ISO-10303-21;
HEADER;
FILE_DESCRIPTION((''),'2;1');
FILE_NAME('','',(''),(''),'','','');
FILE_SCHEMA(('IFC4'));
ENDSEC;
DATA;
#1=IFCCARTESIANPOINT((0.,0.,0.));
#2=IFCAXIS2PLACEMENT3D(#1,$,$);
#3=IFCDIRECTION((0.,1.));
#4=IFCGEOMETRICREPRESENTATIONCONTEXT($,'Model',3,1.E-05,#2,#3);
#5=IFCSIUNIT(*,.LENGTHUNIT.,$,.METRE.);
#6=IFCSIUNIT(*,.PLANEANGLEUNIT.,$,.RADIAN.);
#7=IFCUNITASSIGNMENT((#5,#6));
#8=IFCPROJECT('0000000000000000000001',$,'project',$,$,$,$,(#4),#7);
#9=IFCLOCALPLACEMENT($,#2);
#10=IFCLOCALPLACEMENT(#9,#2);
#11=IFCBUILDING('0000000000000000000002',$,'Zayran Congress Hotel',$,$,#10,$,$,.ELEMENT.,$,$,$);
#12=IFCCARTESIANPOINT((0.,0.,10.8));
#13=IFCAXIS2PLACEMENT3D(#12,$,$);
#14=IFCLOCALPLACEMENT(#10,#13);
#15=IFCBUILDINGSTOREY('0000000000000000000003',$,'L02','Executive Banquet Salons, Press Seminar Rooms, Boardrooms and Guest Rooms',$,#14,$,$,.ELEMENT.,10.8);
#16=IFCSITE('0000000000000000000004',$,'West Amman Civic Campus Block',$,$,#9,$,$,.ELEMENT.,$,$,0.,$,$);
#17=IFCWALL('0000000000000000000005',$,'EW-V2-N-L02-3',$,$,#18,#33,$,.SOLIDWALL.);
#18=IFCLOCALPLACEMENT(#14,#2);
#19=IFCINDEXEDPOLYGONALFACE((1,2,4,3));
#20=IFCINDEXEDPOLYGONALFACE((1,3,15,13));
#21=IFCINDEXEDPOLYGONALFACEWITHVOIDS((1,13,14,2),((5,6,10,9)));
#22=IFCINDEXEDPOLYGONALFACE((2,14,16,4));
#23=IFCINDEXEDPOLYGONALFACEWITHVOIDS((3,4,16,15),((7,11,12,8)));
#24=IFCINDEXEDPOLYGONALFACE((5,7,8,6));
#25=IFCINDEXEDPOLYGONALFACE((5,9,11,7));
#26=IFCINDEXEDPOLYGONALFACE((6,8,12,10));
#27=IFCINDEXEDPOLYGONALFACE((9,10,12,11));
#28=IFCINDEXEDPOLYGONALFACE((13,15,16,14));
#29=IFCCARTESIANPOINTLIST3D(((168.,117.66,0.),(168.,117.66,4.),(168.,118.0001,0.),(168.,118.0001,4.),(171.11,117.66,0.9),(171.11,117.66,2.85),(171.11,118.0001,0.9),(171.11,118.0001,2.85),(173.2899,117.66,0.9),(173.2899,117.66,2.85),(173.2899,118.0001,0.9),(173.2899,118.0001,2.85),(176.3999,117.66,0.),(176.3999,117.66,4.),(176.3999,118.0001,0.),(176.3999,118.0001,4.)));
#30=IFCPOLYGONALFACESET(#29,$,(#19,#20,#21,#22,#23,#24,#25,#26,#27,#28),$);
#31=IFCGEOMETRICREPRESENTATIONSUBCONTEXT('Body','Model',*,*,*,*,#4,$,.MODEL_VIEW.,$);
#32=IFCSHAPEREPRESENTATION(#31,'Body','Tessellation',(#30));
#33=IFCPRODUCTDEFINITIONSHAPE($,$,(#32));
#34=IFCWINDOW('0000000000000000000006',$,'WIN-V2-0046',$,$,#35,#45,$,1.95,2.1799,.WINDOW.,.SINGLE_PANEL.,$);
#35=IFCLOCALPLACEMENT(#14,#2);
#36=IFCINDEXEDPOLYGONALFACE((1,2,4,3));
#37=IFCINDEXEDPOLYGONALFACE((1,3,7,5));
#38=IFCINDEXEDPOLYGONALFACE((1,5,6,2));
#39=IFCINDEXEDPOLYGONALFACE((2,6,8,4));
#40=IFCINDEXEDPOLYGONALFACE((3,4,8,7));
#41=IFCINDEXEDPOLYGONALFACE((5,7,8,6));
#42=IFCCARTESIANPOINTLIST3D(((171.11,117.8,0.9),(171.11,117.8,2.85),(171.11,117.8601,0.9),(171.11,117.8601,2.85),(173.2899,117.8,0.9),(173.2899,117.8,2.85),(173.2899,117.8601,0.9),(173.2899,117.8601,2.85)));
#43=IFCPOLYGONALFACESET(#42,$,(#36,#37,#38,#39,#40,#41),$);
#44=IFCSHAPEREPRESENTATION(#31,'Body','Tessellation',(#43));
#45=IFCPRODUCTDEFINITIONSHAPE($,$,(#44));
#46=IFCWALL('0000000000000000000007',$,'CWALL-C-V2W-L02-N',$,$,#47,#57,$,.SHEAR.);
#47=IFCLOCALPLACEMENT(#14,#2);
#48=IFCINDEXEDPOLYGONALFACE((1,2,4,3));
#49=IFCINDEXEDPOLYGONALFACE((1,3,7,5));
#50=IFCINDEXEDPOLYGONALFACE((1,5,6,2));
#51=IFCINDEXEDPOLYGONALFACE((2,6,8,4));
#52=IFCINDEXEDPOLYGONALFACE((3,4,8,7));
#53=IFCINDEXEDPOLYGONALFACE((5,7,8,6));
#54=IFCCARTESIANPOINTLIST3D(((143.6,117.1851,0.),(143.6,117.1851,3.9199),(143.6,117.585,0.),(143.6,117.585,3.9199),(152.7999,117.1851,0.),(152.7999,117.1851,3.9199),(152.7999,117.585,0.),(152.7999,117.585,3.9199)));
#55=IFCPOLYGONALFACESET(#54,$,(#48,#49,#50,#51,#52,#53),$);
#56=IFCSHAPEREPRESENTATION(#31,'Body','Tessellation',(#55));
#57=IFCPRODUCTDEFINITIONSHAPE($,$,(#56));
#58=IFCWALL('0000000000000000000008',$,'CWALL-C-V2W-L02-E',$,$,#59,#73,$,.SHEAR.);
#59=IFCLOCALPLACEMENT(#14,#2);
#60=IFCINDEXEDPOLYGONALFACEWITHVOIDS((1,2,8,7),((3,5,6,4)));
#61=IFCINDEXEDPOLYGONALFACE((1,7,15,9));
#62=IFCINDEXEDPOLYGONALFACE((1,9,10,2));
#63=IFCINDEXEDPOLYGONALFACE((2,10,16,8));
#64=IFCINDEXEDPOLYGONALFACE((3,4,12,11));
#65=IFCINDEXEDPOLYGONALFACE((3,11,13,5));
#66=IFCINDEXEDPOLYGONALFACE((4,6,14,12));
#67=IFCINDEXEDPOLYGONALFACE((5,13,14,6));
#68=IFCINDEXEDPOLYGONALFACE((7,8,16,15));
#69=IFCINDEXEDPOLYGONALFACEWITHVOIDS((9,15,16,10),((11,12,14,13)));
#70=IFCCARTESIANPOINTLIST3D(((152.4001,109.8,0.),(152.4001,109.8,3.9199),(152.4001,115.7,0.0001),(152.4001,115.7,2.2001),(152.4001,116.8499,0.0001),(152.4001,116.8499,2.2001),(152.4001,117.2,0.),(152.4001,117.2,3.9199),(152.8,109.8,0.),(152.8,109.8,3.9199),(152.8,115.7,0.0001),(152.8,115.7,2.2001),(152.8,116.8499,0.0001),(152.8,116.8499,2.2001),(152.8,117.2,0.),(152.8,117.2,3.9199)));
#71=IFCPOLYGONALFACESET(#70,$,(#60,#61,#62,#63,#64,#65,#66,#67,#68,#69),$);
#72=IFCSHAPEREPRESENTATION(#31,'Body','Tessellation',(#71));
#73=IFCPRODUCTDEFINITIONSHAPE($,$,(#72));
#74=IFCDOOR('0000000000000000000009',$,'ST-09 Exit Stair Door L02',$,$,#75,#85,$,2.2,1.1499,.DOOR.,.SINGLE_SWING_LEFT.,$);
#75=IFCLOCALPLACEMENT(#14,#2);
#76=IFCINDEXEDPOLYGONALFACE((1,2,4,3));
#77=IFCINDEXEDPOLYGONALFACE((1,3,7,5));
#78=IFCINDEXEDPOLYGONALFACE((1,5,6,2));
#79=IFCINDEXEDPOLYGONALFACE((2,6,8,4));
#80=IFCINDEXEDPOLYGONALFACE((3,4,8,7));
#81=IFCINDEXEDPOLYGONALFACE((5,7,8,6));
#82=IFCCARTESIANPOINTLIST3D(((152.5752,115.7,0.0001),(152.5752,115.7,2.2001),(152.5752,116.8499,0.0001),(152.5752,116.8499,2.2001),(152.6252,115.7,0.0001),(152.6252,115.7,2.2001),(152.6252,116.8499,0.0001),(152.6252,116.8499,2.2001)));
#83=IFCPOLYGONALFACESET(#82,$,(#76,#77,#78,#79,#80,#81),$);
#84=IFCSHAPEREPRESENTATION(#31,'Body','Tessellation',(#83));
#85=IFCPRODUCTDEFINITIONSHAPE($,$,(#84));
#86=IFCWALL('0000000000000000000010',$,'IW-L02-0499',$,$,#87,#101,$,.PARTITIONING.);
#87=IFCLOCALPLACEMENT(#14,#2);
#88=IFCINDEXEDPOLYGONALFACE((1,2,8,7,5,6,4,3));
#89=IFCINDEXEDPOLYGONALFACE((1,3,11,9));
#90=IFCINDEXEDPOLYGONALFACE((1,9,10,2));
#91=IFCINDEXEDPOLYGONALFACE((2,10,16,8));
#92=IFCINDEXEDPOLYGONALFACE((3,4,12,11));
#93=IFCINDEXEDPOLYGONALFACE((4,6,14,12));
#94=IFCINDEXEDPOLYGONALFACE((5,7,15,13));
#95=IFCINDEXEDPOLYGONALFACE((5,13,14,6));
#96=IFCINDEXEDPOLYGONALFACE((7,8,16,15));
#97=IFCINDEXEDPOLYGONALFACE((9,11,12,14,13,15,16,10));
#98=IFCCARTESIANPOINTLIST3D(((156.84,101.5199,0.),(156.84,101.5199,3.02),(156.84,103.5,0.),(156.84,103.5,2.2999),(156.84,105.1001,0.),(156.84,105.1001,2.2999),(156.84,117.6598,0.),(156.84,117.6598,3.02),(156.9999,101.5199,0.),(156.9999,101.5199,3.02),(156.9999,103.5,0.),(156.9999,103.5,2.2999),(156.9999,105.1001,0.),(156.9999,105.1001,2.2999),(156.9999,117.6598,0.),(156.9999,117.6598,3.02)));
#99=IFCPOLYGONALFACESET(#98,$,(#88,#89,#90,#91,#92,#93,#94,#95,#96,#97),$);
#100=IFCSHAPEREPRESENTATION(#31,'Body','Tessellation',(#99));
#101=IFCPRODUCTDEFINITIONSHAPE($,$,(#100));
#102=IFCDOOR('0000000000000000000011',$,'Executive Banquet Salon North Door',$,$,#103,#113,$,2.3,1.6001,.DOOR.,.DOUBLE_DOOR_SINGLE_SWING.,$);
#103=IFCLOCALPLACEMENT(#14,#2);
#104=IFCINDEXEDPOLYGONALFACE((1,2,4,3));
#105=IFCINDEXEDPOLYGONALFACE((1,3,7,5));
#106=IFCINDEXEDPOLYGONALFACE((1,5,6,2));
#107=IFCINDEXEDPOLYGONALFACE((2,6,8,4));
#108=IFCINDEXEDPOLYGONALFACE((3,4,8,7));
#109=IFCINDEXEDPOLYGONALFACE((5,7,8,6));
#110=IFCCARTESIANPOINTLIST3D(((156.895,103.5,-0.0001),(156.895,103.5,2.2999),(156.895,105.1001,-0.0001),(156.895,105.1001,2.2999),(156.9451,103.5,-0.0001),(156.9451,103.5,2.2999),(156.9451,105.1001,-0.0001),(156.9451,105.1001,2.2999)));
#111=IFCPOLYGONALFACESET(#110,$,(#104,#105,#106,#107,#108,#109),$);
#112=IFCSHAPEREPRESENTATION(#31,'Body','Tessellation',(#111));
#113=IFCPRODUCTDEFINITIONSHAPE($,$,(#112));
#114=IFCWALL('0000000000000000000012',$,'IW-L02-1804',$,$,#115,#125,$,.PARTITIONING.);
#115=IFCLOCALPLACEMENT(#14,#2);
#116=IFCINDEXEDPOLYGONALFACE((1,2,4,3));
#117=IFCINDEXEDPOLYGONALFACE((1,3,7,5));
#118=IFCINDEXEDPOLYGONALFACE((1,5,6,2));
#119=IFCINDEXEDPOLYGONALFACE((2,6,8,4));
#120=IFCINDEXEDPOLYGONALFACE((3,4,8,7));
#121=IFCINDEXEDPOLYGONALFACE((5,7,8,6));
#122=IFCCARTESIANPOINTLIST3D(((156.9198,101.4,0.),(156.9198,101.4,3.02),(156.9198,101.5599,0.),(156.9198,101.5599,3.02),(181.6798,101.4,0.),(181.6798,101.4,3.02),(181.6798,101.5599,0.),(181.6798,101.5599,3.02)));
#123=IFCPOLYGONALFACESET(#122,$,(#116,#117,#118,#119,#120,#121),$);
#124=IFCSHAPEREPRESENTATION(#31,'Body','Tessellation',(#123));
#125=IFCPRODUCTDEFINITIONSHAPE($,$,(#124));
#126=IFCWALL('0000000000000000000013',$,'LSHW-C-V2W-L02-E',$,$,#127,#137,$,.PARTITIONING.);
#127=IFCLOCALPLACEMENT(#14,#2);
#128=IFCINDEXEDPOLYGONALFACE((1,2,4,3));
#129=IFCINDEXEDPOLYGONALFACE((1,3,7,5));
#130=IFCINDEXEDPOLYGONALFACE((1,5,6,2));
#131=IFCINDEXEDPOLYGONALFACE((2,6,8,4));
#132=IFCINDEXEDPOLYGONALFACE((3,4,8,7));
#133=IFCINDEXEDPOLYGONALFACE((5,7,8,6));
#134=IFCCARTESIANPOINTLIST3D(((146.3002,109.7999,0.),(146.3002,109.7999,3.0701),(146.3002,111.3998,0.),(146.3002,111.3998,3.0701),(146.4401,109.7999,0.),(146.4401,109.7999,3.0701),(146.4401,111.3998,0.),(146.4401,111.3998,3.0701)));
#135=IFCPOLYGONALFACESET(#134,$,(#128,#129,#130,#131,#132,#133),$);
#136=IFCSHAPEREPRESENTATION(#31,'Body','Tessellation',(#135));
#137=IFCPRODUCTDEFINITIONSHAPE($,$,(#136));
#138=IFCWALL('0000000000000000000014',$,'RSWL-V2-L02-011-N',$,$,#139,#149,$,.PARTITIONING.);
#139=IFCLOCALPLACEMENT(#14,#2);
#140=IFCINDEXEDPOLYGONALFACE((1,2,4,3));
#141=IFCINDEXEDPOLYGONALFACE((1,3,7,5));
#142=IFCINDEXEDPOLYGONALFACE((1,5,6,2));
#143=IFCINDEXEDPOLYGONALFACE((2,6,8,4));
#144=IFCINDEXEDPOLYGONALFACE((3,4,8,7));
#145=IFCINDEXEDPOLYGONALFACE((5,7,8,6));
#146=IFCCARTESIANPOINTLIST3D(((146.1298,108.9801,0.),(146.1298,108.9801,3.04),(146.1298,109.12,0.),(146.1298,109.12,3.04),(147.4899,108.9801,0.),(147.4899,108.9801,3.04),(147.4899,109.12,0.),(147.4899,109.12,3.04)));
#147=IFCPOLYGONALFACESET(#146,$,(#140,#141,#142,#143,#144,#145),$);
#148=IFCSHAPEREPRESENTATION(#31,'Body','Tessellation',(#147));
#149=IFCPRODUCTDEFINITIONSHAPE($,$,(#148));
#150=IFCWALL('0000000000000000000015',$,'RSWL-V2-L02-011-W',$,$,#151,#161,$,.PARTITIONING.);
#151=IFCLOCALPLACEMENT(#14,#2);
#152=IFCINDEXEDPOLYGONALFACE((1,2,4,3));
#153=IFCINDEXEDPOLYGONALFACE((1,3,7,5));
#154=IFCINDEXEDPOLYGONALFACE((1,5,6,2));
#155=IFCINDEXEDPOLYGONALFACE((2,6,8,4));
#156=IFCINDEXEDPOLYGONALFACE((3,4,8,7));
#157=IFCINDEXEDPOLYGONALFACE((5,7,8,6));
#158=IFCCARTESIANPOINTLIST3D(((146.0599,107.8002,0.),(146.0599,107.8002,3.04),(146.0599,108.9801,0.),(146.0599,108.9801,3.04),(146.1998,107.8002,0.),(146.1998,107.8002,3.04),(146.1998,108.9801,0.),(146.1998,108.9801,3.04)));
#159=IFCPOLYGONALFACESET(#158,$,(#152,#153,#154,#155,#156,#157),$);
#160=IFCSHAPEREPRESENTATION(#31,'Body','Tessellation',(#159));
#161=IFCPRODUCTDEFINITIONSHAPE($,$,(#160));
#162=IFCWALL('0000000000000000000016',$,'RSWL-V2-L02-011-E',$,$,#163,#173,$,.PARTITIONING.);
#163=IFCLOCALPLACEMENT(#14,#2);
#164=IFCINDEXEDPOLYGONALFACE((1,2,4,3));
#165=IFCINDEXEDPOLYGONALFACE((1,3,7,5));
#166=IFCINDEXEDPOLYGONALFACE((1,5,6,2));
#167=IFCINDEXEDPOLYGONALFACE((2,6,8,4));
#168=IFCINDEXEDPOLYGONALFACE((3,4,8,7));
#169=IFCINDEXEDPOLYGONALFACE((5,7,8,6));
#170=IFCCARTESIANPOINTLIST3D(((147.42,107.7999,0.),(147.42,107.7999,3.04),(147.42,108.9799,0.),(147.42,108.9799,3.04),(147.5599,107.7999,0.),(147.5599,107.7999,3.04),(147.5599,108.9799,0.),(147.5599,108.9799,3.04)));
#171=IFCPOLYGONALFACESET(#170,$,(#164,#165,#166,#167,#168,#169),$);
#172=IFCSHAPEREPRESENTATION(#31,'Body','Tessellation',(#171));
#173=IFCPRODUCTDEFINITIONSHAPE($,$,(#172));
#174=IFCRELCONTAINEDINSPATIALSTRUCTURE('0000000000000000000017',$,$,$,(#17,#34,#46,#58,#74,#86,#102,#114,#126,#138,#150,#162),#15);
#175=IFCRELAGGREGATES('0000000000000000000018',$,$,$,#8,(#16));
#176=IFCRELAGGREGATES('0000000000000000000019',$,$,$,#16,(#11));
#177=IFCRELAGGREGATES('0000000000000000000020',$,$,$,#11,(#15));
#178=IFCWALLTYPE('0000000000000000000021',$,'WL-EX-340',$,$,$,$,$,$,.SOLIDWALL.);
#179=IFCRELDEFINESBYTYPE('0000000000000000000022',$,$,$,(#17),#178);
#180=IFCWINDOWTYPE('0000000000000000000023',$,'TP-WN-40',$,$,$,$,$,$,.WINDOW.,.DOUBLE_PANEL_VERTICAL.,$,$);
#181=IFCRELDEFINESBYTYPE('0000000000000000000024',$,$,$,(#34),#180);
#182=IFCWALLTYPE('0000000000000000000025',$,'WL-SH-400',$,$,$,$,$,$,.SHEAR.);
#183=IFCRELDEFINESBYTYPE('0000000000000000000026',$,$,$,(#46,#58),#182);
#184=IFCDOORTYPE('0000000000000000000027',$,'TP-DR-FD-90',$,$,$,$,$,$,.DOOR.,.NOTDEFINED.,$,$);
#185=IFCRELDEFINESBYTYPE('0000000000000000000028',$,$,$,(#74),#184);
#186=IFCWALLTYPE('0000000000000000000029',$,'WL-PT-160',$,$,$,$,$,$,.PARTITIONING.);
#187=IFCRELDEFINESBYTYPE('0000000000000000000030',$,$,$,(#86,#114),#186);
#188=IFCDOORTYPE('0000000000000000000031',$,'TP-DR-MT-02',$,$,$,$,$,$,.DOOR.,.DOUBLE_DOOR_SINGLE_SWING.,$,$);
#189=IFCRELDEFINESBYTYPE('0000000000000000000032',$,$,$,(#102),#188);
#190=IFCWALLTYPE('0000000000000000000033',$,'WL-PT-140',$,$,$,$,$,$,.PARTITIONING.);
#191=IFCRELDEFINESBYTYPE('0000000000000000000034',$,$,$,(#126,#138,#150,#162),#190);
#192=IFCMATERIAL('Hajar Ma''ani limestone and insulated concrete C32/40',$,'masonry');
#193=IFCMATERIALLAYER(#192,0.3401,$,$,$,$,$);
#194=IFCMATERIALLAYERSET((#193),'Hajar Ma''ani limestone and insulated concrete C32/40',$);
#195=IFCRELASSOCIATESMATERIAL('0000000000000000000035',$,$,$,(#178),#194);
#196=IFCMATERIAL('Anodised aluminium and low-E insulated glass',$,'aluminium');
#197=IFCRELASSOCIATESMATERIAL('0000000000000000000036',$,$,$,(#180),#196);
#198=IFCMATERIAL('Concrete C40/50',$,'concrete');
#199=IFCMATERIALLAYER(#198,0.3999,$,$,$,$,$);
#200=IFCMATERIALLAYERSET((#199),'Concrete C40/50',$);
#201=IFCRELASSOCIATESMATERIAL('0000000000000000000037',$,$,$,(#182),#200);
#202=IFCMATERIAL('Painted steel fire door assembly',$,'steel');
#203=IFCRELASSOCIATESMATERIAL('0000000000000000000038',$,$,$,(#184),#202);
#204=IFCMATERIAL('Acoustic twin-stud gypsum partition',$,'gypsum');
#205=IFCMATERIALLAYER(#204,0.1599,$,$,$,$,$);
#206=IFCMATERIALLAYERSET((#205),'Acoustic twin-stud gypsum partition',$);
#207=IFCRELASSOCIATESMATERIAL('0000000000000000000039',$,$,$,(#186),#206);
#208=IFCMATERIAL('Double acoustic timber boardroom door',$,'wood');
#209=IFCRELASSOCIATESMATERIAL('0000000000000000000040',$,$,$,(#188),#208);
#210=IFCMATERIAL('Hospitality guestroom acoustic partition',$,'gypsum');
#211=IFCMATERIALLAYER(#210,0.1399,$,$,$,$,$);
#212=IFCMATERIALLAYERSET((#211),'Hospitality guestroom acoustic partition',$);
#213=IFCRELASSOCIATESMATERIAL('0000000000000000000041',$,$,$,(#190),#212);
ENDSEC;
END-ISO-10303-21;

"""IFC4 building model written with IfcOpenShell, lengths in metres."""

from ifc_helpers import new_model, si_unit, direction, frame, frame_2d, origin, place, context, subcontext, project, spatial, rectangle, extrude, material, layer, layer_set, type_object, element, fill, save


model = new_model("IFC4")

# Units and contexts
model_context = context("Model", 3, precision=1e-05, world=origin(), true_north=direction((0.0, 1.0)))
body_context = subcontext(model_context, "Body", "Model", "MODEL_VIEW")
ifc_project = project(units=[si_unit("LENGTHUNIT", "METRE"), si_unit("PLANEANGLEUNIT", "RADIAN")], contexts=[model_context])

# Site, building, storey
site_placement = place(None, origin())
site = spatial("IfcSite", under=ifc_project, at=site_placement, Name="West Amman Civic Campus Block", CompositionType="ELEMENT", RefElevation=0.0)
building_placement = place(site_placement, origin())
building = spatial("IfcBuilding", under=site, at=building_placement, Name="Zayran Congress Hotel", CompositionType="ELEMENT")
storey_placement = place(building_placement, frame((0.0, 0.0, 10.8)))
storey = spatial("IfcBuildingStorey", under=building, at=storey_placement, Name="L02", Description="Executive Banquet Salons, Press Seminar Rooms, Boardrooms and Guest Rooms", CompositionType="ELEMENT", Elevation=10.8)

# Wall, opening, window
ifc_material_1 = material(Name="Hajar Ma'ani limestone and insulated concrete C32/40", Category="masonry")
ifc_layer_1 = layer(ifc_material_1, 0.3401)
ifc_layer_set_1 = layer_set([ifc_layer_1], Name="Hajar Ma'ani limestone and insulated concrete C32/40")
wall_type_1 = type_object("IfcWallType", Name="WL-EX-340", PredefinedType="SOLIDWALL", material=ifc_layer_set_1)
ifc_material_2 = material(Name="Anodised aluminium and low-E insulated glass", Category="aluminium")
wall_1_placement = place(storey_placement, frame((168.0, 117.8301, 0.0), z_axis=(0.0, 0.0, 1.0), x_axis=(1.0, 0.0, 0.0)))
wall_1 = element("IfcWall", 1, at=wall_1_placement, inside=storey, type_object=wall_type_1, Name="EW-V2-N-L02-3", PredefinedType="SOLIDWALL", context=body_context, shape_type="SweptSolid", body=[
    extrude(rectangle(XDim=8.3999, YDim=0.3401, at=frame_2d((4.2, 0.0))), origin(), (0.0, 0.0, 1.0), 4.0),
])
opening_1_placement = place(wall_1_placement, frame((3.1101, 0.0, 0.8999)))
opening_1 = element("IfcOpeningElement", 2, at=opening_1_placement, cuts=wall_1, PredefinedType="OPENING", context=body_context, shape_type="SweptSolid", body=[
    extrude(rectangle(XDim=2.1799, YDim=1.95, at=frame_2d((1.0898, 0.9751))), frame((0.0, 0.1799, 0.0), z_axis=(0.0, -1.0, 0.0), x_axis=(1.0, 0.0, 0.0)), (0.0, 0.0, 1.0), 0.3601),
])
window_type_1 = type_object("IfcWindowType", Name="TP-WN-40", PartitioningType="DOUBLE_PANEL_VERTICAL", PredefinedType="WINDOW", material=ifc_material_2)
window_1_placement = place(opening_1_placement, origin())
window_1 = element("IfcWindow", 3, at=window_1_placement, inside=storey, type_object=window_type_1, Name="WIN-V2-0046", OverallHeight=1.95, OverallWidth=2.1799, PartitioningType="SINGLE_PANEL", PredefinedType="WINDOW", context=body_context, shape_type="SweptSolid", body=[
    extrude(rectangle(XDim=2.1799, YDim=1.95, at=frame_2d((1.0898, 0.9751))), frame((0.0, 0.03, 0.0), z_axis=(0.0, -1.0, 0.0), x_axis=(1.0, 0.0, 0.0)), (0.0, 0.0, 1.0), 0.0601),
])
fill(opening_1, window_1)

# Wall
ifc_material_3 = material(Name="Concrete C40/50", Category="concrete")
ifc_layer_2 = layer(ifc_material_3, 0.3999)
ifc_layer_set_2 = layer_set([ifc_layer_2], Name="Concrete C40/50")
wall_type_2 = type_object("IfcWallType", Name="WL-SH-400", PredefinedType="SHEAR", material=ifc_layer_set_2)
wall_2_placement = place(storey_placement, frame((152.8, 117.385, 0.0), z_axis=(0.0, 0.0, 1.0), x_axis=(-1.0, 0.0, 0.0)))
element("IfcWall", 4, at=wall_2_placement, inside=storey, type_object=wall_type_2, Name="CWALL-C-V2W-L02-N", PredefinedType="SHEAR", context=body_context, shape_type="SweptSolid", body=[
    extrude(rectangle(XDim=9.2, YDim=0.3999, at=frame_2d((4.6001, 0.0))), origin(), (0.0, 0.0, 1.0), 3.9199),
])

# Walls, openings, doors
wall_3_placement = place(storey_placement, frame((152.6001, 109.8, 0.0), z_axis=(0.0, 0.0, 1.0), x_axis=(0.0, 1.0, 0.0)))
wall_3 = element("IfcWall", 5, at=wall_3_placement, inside=storey, type_object=wall_type_2, Name="CWALL-C-V2W-L02-E", PredefinedType="SHEAR", context=body_context, shape_type="SweptSolid", body=[
    extrude(rectangle(XDim=7.3999, YDim=0.3999, at=frame_2d((3.7, 0.0))), origin(), (0.0, 0.0, 1.0), 3.9199),
])
opening_2_placement = place(wall_3_placement, frame((5.8999, 0.0, 0.0)))
opening_2 = element("IfcOpeningElement", 6, at=opening_2_placement, cuts=wall_3, PredefinedType="OPENING", context=body_context, shape_type="SweptSolid", body=[
    extrude(rectangle(XDim=1.1499, YDim=2.2, at=frame_2d((0.575, 1.1001))), frame((0.0, 0.21, 0.0), z_axis=(0.0, -1.0, 0.0), x_axis=(1.0, 0.0, 0.0)), (0.0, 0.0, 1.0), 0.4199),
])
ifc_material_4 = material(Name="Painted steel fire door assembly", Category="steel")
door_type_1 = type_object("IfcDoorType", Name="TP-DR-FD-90", OperationType="NOTDEFINED", PredefinedType="DOOR", material=ifc_material_4)
door_1_placement = place(opening_2_placement, origin())
door_1 = element("IfcDoor", 7, at=door_1_placement, inside=storey, type_object=door_type_1, Name="ST-09 Exit Stair Door L02", OperationType="SINGLE_SWING_LEFT", OverallHeight=2.2, OverallWidth=1.1499, PredefinedType="DOOR", context=body_context, shape_type="SweptSolid", body=[
    extrude(rectangle(XDim=1.1499, YDim=2.2, at=frame_2d((0.575, 1.1001))), frame((0.0, 0.0249, 0.0), z_axis=(0.0, -1.0, 0.0), x_axis=(1.0, 0.0, 0.0)), (0.0, 0.0, 1.0), 0.05),
])
fill(opening_2, door_1)
ifc_material_5 = material(Name="Acoustic twin-stud gypsum partition", Category="gypsum")
ifc_layer_3 = layer(ifc_material_5, 0.1599)
ifc_layer_set_3 = layer_set([ifc_layer_3], Name="Acoustic twin-stud gypsum partition")
wall_type_3 = type_object("IfcWallType", Name="WL-PT-160", PredefinedType="PARTITIONING", material=ifc_layer_set_3)
wall_4_placement = place(storey_placement, frame((156.9199, 101.52, 0.0), z_axis=(0.0, 0.0, 1.0), x_axis=(0.0, 1.0, 0.0)))
wall_4 = element("IfcWall", 8, at=wall_4_placement, inside=storey, type_object=wall_type_3, Name="IW-L02-0499", PredefinedType="PARTITIONING", context=body_context, shape_type="SweptSolid", body=[
    extrude(rectangle(XDim=16.1399, YDim=0.1599, at=frame_2d((8.0698, 0.0))), origin(), (0.0, 0.0, 1.0), 3.02),
])
opening_3_placement = place(wall_4_placement, frame((1.98, 0.0, 0.0)))
opening_3 = element("IfcOpeningElement", 9, at=opening_3_placement, cuts=wall_4, PredefinedType="OPENING", context=body_context, shape_type="SweptSolid", body=[
    extrude(rectangle(XDim=1.6001, YDim=2.3, at=frame_2d((0.8, 1.1499))), frame((0.0, 0.0898, 0.0), z_axis=(0.0, -1.0, 0.0), x_axis=(1.0, 0.0, 0.0)), (0.0, 0.0, 1.0), 0.1799),
])
ifc_material_6 = material(Name="Double acoustic timber boardroom door", Category="wood")
door_type_2 = type_object("IfcDoorType", Name="TP-DR-MT-02", OperationType="DOUBLE_DOOR_SINGLE_SWING", PredefinedType="DOOR", material=ifc_material_6)
door_2_placement = place(opening_3_placement, origin())
door_2 = element("IfcDoor", 10, at=door_2_placement, inside=storey, type_object=door_type_2, Name="Executive Banquet Salon North Door", OperationType="DOUBLE_DOOR_SINGLE_SWING", OverallHeight=2.3, OverallWidth=1.6001, PredefinedType="DOOR", context=body_context, shape_type="SweptSolid", body=[
    extrude(rectangle(XDim=1.6001, YDim=2.3, at=frame_2d((0.8, 1.1499))), frame((0.0, 0.0249, 0.0), z_axis=(0.0, -1.0, 0.0), x_axis=(1.0, 0.0, 0.0)), (0.0, 0.0, 1.0), 0.05),
])
fill(opening_3, door_2)

# Walls
wall_5_placement = place(storey_placement, frame((156.9199, 101.48, 0.0), z_axis=(0.0, 0.0, 1.0), x_axis=(1.0, 0.0, 0.0)))
element("IfcWall", 11, at=wall_5_placement, inside=storey, type_object=wall_type_3, Name="IW-L02-1804", PredefinedType="PARTITIONING", context=body_context, shape_type="SweptSolid", body=[
    extrude(rectangle(XDim=24.76, YDim=0.1599, at=frame_2d((12.3799, 0.0))), origin(), (0.0, 0.0, 1.0), 3.02),
])
ifc_material_7 = material(Name="Hospitality guestroom acoustic partition", Category="gypsum")
ifc_layer_4 = layer(ifc_material_7, 0.1399)
ifc_layer_set_4 = layer_set([ifc_layer_4], Name="Hospitality guestroom acoustic partition")
wall_type_4 = type_object("IfcWallType", Name="WL-PT-140", PredefinedType="PARTITIONING", material=ifc_layer_set_4)
wall_6_placement = place(storey_placement, frame((146.3701, 109.8, 0.0), z_axis=(0.0, 0.0, 1.0), x_axis=(0.0, 1.0, 0.0)))
element("IfcWall", 12, at=wall_6_placement, inside=storey, type_object=wall_type_4, Name="LSHW-C-V2W-L02-E", PredefinedType="PARTITIONING", context=body_context, shape_type="SweptSolid", body=[
    extrude(rectangle(XDim=1.5999, YDim=0.1399, at=frame_2d((0.7998, 0.0))), origin(), (0.0, 0.0, 1.0), 3.0701),
])
wall_7_placement = place(storey_placement, frame((147.49, 109.05, 0.0), z_axis=(0.0, 0.0, 1.0), x_axis=(-1.0, 0.0, 0.0)))
element("IfcWall", 13, at=wall_7_placement, inside=storey, type_object=wall_type_4, Name="RSWL-V2-L02-011-N", PredefinedType="PARTITIONING", context=body_context, shape_type="SweptSolid", body=[
    extrude(rectangle(XDim=1.3601, YDim=0.1399, at=frame_2d((0.6802, 0.0))), origin(), (0.0, 0.0, 1.0), 3.04),
])
for number, where, z_axis, x_axis, name in (
    (14, (146.1299, 108.98, 0.0), (0.0, 0.0, 1.0), (0.0, -1.0, 0.0), "RSWL-V2-L02-011-W"),
    (15, (147.49, 107.8, 0.0), (0.0, 0.0, 1.0), (0.0, 1.0, 0.0), "RSWL-V2-L02-011-E"),
):
    element("IfcWall", number, at=place(storey_placement, frame(where, z_axis=z_axis, x_axis=x_axis)), inside=storey, type_object=wall_type_4, Name=name, PredefinedType="PARTITIONING", context=body_context, shape_type="SweptSolid", body=[
        extrude(rectangle(XDim=1.1799, YDim=0.1399, at=frame_2d((0.5898, 0.0))), origin(), (0.0, 0.0, 1.0), 3.04),
    ])

save(model, "model.ifc")
